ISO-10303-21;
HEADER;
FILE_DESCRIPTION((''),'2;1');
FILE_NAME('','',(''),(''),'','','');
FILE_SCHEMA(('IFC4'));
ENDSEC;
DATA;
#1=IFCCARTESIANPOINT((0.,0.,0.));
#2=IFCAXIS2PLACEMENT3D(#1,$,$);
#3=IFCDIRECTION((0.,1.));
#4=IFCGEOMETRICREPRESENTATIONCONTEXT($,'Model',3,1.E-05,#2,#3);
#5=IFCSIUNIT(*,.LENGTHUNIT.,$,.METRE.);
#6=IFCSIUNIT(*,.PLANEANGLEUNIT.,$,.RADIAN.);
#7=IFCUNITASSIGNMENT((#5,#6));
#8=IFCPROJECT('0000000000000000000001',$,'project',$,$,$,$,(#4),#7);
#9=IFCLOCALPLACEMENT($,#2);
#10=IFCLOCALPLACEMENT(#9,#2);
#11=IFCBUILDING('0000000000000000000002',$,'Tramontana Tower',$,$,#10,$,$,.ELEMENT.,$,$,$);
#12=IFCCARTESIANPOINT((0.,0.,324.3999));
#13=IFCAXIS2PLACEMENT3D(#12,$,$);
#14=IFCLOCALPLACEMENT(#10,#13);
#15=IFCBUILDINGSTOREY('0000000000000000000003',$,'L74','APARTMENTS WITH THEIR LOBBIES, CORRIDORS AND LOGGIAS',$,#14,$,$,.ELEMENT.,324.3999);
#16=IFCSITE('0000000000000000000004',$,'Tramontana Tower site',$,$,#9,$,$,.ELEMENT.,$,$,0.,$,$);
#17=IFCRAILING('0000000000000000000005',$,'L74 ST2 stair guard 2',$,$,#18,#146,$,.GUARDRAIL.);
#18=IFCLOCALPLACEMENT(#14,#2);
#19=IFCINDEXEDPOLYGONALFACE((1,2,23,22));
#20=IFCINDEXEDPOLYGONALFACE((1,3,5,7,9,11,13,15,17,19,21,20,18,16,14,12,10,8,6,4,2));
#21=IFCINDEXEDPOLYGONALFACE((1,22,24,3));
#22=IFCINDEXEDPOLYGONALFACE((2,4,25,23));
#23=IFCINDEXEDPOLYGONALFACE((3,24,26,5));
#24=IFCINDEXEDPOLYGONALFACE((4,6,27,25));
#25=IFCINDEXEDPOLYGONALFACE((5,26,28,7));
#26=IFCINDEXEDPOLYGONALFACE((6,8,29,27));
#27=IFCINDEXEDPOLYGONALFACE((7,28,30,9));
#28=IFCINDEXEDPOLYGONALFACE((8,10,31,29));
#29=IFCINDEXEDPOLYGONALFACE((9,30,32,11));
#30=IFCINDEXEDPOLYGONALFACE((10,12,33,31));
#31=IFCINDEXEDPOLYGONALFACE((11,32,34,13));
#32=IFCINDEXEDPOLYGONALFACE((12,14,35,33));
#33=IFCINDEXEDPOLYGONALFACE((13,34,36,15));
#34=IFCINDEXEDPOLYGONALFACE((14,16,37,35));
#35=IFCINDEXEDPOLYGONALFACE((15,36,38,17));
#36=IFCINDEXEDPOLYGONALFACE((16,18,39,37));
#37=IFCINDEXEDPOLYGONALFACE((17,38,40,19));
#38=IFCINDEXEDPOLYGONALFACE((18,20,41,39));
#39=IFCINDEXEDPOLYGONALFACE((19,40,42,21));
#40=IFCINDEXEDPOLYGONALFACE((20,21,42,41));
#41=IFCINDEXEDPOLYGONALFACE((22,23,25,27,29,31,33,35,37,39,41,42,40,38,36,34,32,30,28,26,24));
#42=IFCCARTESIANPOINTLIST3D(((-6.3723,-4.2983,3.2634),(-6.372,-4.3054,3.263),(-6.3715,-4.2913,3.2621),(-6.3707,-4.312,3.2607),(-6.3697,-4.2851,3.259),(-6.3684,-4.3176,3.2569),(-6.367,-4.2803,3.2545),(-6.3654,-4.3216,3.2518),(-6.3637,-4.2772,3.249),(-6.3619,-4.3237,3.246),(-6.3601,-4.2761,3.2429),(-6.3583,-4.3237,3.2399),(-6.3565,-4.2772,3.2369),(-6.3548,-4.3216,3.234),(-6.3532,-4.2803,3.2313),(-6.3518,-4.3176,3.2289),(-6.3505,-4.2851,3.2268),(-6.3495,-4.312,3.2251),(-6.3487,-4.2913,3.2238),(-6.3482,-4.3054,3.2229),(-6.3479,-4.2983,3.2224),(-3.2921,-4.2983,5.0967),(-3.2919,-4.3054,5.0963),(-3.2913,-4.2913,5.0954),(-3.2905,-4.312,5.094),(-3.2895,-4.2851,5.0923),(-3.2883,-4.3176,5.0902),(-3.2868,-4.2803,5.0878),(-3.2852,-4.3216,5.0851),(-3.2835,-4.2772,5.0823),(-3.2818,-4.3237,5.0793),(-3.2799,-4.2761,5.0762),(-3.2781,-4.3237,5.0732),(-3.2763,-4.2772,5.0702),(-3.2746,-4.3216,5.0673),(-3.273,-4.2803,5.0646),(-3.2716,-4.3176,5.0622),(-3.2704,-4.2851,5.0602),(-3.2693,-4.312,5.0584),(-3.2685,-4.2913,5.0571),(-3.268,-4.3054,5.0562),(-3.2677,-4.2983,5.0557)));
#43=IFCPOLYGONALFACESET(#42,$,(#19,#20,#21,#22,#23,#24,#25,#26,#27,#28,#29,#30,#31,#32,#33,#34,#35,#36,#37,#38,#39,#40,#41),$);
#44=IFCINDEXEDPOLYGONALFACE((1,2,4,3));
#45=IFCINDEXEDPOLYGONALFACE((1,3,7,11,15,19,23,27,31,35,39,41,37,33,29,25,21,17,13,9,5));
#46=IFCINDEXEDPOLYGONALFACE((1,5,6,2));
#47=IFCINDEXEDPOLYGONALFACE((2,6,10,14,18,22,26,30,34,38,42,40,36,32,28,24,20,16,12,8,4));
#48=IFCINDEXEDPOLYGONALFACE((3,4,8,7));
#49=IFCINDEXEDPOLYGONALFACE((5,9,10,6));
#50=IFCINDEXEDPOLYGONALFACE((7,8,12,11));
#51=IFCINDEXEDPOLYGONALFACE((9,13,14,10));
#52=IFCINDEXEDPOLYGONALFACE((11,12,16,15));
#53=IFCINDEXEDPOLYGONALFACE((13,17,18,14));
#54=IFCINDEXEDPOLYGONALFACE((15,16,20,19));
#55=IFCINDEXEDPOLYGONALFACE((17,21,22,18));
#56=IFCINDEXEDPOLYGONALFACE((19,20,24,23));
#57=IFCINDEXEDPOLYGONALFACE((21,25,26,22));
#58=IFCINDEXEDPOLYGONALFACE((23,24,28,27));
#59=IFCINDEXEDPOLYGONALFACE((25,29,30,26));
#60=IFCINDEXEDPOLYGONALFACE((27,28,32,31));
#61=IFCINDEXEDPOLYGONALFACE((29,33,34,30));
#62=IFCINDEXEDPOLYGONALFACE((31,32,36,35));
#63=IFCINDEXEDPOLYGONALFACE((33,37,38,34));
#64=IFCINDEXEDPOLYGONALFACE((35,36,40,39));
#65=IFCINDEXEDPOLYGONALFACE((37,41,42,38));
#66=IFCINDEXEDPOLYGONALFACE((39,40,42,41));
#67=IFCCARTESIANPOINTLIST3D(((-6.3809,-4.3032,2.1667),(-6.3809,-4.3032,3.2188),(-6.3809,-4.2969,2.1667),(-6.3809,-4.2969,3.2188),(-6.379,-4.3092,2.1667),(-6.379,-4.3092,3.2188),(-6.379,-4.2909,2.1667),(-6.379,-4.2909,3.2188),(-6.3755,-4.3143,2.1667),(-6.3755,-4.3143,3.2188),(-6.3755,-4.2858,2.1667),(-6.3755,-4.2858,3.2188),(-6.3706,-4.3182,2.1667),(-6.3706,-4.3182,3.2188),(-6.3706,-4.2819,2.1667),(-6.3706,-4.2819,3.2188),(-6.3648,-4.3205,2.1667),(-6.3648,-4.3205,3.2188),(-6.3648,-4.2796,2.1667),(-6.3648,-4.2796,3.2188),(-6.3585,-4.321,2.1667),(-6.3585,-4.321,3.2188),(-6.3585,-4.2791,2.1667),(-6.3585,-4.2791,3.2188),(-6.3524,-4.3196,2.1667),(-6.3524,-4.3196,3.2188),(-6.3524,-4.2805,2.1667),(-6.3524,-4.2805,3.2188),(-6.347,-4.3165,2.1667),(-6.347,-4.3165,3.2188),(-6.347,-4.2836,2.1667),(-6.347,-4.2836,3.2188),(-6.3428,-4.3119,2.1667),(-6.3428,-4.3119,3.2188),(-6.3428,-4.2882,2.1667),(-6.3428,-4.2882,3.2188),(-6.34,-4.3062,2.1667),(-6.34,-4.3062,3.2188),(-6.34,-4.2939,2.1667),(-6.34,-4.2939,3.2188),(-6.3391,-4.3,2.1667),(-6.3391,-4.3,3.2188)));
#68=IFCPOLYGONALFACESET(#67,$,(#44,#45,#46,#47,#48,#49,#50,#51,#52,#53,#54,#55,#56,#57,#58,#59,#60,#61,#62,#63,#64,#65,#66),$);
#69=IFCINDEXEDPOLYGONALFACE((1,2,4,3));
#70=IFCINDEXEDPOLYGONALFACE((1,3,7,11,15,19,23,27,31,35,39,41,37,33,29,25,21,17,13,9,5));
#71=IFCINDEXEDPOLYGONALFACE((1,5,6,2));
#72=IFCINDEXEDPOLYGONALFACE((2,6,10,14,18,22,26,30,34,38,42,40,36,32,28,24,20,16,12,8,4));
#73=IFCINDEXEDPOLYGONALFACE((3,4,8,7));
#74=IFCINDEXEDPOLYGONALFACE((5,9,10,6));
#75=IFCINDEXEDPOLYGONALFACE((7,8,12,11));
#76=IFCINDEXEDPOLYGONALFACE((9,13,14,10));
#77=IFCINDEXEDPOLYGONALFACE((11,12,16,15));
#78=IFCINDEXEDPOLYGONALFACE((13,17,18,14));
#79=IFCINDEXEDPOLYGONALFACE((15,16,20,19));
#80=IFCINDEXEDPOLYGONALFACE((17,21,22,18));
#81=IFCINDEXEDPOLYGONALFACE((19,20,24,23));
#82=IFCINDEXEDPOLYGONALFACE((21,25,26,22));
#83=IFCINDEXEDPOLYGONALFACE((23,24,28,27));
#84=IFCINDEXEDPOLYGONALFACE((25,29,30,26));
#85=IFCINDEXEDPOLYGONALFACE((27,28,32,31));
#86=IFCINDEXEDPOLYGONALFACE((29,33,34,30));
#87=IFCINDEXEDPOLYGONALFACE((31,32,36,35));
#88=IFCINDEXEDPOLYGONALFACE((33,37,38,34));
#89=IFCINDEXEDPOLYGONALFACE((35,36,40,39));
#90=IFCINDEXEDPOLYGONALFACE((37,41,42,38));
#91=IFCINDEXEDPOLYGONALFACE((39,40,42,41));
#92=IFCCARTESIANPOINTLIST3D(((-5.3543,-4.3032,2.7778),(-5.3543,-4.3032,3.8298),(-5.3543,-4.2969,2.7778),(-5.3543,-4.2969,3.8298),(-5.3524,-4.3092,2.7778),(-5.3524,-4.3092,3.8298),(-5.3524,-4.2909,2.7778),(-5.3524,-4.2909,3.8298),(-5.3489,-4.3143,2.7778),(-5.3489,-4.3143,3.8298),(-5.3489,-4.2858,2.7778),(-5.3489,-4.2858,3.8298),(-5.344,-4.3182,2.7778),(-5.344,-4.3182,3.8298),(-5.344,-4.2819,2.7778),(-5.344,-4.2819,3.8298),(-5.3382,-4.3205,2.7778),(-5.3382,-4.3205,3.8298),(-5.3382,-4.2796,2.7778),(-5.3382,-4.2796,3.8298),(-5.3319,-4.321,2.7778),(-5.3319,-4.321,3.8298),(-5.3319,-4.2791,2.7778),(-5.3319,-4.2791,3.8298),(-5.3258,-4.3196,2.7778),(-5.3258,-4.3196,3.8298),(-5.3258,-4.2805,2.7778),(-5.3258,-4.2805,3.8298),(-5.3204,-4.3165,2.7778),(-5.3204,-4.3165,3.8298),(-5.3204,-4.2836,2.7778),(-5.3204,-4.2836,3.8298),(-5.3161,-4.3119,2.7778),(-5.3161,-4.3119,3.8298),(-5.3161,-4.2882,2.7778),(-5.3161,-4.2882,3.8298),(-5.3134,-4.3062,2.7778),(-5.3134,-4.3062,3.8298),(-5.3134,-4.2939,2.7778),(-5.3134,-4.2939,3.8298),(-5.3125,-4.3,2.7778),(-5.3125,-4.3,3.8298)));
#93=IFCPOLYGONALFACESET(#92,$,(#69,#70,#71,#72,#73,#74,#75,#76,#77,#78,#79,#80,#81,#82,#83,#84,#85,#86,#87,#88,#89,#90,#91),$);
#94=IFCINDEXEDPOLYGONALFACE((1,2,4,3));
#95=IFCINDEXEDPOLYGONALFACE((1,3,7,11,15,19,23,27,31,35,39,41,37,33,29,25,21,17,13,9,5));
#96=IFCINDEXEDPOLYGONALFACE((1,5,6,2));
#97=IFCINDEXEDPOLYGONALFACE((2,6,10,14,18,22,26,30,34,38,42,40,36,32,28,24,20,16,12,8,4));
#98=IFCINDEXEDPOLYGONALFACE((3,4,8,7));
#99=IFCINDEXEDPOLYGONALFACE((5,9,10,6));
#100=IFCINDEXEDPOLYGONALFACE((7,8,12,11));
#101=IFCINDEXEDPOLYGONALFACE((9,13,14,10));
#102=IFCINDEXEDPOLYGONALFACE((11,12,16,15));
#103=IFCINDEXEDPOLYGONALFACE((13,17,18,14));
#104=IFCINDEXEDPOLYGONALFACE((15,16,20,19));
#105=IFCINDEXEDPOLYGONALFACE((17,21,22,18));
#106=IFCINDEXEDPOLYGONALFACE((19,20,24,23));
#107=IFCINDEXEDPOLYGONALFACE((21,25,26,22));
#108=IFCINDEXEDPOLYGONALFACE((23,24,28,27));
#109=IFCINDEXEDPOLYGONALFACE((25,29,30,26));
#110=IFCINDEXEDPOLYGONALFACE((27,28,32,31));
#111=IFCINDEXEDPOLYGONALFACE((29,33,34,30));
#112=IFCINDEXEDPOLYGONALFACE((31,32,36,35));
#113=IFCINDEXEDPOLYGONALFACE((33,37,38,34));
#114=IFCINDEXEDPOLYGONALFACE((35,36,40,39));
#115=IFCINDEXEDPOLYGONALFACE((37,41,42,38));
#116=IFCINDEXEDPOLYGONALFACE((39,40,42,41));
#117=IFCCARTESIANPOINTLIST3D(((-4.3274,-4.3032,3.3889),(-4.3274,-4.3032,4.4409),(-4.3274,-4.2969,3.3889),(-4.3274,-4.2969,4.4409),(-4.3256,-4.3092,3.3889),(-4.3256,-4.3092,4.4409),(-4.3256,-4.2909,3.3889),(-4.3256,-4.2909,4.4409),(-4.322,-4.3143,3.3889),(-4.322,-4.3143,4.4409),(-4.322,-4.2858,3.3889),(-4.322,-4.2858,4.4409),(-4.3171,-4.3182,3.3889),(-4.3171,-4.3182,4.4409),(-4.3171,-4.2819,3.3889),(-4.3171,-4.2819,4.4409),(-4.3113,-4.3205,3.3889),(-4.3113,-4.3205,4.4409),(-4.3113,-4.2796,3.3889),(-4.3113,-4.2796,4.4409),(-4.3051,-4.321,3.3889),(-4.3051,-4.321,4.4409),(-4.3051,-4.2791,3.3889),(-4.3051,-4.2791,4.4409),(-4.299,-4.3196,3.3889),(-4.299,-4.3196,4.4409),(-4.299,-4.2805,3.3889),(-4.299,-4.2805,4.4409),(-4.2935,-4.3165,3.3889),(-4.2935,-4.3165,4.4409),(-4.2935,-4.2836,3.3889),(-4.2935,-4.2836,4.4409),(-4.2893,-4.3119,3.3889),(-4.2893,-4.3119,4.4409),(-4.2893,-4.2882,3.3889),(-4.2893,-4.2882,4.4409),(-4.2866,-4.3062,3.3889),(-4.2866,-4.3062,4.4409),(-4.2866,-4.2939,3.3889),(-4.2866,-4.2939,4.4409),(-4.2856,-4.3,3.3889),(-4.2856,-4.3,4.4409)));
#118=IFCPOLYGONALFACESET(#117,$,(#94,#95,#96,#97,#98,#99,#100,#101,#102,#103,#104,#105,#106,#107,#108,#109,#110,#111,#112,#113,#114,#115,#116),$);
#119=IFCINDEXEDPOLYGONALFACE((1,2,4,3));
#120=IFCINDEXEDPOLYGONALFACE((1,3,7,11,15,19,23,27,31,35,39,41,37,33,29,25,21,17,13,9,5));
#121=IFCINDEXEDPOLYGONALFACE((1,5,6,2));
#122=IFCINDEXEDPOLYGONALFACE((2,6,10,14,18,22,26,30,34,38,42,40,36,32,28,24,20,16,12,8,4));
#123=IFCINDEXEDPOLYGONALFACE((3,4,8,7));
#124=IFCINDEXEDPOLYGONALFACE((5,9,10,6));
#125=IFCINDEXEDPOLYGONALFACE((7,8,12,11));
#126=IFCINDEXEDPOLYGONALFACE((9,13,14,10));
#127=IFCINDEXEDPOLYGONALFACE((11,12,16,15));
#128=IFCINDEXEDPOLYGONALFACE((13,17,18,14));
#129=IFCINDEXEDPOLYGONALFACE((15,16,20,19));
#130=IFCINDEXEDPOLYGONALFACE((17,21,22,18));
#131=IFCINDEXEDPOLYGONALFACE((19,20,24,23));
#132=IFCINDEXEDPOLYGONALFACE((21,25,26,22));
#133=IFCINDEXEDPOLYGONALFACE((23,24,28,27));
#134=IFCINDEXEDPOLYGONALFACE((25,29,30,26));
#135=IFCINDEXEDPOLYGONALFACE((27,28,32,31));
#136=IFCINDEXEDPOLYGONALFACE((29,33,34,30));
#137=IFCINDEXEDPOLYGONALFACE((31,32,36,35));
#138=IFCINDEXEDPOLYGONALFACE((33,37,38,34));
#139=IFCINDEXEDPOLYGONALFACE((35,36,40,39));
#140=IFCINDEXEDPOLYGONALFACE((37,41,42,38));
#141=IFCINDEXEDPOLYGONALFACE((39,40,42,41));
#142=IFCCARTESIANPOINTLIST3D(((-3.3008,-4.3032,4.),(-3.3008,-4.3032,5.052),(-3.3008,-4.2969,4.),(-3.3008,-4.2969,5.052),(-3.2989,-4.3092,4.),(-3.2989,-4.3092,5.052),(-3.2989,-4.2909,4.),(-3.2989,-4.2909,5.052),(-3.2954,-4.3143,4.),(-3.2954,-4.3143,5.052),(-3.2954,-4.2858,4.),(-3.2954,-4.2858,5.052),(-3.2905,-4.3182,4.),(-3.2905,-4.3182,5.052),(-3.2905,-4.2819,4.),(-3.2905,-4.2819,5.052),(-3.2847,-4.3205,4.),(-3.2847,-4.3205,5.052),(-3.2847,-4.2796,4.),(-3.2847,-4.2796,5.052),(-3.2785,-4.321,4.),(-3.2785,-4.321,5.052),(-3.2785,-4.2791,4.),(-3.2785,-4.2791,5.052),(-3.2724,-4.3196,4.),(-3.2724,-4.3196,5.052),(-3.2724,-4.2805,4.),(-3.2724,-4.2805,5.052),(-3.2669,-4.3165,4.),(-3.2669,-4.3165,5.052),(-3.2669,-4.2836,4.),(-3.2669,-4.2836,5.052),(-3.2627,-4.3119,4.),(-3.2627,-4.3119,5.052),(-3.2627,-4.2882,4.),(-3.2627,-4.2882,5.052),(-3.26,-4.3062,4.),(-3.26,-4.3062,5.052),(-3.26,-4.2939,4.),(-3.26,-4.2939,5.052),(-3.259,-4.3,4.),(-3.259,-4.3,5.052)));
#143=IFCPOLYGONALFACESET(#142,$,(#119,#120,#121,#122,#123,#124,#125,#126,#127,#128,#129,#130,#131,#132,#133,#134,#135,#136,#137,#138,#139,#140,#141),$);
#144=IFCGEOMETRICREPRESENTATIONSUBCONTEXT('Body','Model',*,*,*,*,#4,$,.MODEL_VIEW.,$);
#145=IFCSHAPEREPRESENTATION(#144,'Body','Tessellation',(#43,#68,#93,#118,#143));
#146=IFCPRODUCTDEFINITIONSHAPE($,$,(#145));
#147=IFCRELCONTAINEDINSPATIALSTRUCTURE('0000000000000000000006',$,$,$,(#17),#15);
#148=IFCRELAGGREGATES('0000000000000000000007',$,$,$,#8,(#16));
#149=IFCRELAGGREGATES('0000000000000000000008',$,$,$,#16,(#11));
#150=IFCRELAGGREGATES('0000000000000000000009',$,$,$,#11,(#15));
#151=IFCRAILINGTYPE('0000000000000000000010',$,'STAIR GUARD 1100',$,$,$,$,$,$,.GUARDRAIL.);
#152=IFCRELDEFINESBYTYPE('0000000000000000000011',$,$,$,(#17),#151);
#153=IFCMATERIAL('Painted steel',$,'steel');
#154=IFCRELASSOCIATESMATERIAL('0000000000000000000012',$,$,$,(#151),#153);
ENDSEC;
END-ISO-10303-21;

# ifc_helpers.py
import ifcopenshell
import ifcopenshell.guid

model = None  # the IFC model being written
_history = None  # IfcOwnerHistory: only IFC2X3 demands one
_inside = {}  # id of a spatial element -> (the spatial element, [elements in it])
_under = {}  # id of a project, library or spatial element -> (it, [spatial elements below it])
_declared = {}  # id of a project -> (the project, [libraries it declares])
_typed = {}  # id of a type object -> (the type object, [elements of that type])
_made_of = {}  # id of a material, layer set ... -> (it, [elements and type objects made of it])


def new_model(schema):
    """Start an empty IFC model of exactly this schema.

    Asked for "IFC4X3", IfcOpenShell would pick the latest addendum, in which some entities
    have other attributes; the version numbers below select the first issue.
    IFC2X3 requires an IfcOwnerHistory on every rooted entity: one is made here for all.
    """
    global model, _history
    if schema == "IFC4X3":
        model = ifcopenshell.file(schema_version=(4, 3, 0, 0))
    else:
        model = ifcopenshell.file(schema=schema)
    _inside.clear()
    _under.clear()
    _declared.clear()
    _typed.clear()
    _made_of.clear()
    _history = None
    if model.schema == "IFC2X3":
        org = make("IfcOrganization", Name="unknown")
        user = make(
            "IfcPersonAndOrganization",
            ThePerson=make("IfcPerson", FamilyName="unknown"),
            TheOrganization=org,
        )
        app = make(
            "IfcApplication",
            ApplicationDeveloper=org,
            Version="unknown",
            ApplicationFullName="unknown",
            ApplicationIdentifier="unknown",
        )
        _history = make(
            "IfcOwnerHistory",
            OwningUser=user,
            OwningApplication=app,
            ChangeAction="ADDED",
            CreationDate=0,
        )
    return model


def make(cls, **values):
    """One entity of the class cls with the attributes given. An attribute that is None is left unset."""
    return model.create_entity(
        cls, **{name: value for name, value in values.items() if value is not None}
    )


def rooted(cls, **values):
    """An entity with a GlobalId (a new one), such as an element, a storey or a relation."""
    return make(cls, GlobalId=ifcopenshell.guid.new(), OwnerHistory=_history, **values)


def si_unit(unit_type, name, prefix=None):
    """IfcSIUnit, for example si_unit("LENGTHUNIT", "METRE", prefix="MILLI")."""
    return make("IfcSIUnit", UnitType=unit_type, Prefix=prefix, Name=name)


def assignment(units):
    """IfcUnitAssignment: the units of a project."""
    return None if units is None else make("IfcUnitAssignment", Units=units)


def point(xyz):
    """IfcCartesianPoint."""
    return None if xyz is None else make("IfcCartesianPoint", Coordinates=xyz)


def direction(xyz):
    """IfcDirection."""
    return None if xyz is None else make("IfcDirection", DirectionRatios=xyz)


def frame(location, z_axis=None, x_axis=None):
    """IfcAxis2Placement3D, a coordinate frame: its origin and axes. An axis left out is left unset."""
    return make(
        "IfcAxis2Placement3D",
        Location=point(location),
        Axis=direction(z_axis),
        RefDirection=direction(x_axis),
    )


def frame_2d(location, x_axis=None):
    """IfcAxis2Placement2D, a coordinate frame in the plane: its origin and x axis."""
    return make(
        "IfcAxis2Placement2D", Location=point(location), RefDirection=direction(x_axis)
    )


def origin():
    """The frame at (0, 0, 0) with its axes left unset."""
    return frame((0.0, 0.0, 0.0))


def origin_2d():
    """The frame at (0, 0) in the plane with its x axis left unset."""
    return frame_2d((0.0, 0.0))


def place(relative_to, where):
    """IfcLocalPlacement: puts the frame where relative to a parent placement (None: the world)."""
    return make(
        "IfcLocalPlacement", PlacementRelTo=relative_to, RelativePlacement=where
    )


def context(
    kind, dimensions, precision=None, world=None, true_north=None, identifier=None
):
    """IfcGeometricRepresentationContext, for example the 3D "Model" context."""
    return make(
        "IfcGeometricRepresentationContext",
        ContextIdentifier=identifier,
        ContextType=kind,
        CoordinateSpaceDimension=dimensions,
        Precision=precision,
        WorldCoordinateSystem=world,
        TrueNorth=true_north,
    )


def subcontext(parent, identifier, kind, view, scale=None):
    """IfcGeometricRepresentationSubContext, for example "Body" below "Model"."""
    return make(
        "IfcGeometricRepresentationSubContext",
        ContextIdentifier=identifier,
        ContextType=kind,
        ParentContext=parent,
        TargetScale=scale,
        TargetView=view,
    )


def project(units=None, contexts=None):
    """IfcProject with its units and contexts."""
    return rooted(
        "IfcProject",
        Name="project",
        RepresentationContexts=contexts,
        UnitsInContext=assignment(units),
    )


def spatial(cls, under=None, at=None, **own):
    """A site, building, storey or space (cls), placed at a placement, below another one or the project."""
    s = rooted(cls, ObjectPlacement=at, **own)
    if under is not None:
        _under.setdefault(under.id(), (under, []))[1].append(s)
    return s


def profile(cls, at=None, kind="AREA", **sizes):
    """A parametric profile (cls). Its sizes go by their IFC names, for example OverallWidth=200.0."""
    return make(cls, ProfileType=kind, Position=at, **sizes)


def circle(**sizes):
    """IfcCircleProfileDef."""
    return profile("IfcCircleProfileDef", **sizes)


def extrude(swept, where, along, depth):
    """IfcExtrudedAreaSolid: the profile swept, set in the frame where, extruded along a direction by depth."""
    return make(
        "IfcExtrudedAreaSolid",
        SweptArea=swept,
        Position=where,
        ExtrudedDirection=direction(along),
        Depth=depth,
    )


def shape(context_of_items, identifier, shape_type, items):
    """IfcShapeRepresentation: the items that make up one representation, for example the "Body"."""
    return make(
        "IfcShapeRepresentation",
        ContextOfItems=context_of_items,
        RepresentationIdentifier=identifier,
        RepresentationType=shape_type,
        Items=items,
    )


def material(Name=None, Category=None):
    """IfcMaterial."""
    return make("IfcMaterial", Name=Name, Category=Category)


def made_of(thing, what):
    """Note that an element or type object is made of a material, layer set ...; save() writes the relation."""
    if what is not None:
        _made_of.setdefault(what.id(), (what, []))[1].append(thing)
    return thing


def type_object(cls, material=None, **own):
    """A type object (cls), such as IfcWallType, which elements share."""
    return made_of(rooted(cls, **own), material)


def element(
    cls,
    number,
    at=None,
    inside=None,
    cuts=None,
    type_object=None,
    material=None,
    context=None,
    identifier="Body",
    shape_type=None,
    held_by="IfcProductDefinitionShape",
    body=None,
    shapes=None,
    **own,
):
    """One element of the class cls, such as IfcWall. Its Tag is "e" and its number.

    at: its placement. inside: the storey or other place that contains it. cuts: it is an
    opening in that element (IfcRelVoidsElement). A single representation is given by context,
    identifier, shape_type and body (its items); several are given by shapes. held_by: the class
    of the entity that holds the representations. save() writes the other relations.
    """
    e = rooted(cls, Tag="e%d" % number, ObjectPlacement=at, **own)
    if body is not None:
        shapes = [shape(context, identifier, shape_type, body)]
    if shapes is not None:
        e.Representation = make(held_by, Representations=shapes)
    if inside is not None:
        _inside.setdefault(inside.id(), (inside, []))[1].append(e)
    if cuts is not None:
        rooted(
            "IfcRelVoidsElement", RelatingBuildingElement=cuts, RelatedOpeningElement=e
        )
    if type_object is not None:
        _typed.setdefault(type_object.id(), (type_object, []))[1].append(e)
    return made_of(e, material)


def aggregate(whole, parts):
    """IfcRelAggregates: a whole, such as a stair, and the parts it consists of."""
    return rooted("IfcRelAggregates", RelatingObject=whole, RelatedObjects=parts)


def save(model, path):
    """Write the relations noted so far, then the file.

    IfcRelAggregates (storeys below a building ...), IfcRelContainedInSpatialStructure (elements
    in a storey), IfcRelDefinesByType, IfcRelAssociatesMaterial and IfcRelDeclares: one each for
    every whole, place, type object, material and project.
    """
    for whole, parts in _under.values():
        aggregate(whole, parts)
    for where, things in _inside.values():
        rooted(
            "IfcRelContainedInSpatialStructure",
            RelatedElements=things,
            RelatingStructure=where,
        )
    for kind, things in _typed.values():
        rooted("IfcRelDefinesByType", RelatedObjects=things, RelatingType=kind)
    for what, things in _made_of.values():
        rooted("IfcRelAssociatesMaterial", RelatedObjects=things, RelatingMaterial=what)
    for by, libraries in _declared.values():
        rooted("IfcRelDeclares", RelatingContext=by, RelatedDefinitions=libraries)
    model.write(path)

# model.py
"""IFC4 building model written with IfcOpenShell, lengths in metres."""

from ifc_helpers import new_model, si_unit, direction, frame, origin, origin_2d, place, context, subcontext, project, spatial, circle, extrude, material, type_object, element, save


model = new_model("IFC4")

# Units and contexts
model_context = context("Model", 3, precision=1e-05, world=origin(), true_north=direction((0.0, 1.0)))
body_context = subcontext(model_context, "Body", "Model", "MODEL_VIEW")
ifc_project = project(units=[si_unit("LENGTHUNIT", "METRE"), si_unit("PLANEANGLEUNIT", "RADIAN")], contexts=[model_context])

# Site, building, storey
site_placement = place(None, origin())
site = spatial("IfcSite", under=ifc_project, at=site_placement, Name="Tramontana Tower site", CompositionType="ELEMENT", RefElevation=0.0)
building_placement = place(site_placement, origin())
building = spatial("IfcBuilding", under=site, at=building_placement, Name="Tramontana Tower", CompositionType="ELEMENT")
storey_placement = place(building_placement, frame((0.0, 0.0, 324.3999)))
storey = spatial("IfcBuildingStorey", under=building, at=storey_placement, Name="L74", Description="APARTMENTS WITH THEIR LOBBIES, CORRIDORS AND LOGGIAS", CompositionType="ELEMENT", Elevation=324.3999)

# Railing
ifc_material_1 = material(Name="Painted steel", Category="steel")
railing_type_1 = type_object("IfcRailingType", Name="STAIR GUARD 1100", PredefinedType="GUARDRAIL", material=ifc_material_1)
railing_1_placement = place(storey_placement, frame((-6.3601, -4.3, 2.1667)))
element("IfcRailing", 1, at=railing_1_placement, inside=storey, type_object=railing_type_1, Name="L74 ST2 stair guard 2", PredefinedType="GUARDRAIL", context=body_context, shape_type="SweptSolid", body=[
    extrude(circle(Radius=0.0239, at=origin_2d()), frame((0.0, 0.0, 1.0762), z_axis=(0.859309, 0.0, 0.511458), x_axis=(0.0, 1.0, 0.0)), (0.0, 0.0, 1.0), 3.5845),
    extrude(circle(Radius=0.021, at=origin_2d()), origin(), (0.0, 0.0, 1.0), 1.052),
    extrude(circle(Radius=0.021, at=origin_2d()), frame((1.0266, 0.0, 0.6111)), (0.0, 0.0, 1.0), 1.052),
    extrude(circle(Radius=0.021, at=origin_2d()), frame((2.0535, 0.0, 1.2222)), (0.0, 0.0, 1.0), 1.052),
    extrude(circle(Radius=0.021, at=origin_2d()), frame((3.0801, 0.0, 1.8333)), (0.0, 0.0, 1.0), 1.052),
])

save(model, "model.ifc")
